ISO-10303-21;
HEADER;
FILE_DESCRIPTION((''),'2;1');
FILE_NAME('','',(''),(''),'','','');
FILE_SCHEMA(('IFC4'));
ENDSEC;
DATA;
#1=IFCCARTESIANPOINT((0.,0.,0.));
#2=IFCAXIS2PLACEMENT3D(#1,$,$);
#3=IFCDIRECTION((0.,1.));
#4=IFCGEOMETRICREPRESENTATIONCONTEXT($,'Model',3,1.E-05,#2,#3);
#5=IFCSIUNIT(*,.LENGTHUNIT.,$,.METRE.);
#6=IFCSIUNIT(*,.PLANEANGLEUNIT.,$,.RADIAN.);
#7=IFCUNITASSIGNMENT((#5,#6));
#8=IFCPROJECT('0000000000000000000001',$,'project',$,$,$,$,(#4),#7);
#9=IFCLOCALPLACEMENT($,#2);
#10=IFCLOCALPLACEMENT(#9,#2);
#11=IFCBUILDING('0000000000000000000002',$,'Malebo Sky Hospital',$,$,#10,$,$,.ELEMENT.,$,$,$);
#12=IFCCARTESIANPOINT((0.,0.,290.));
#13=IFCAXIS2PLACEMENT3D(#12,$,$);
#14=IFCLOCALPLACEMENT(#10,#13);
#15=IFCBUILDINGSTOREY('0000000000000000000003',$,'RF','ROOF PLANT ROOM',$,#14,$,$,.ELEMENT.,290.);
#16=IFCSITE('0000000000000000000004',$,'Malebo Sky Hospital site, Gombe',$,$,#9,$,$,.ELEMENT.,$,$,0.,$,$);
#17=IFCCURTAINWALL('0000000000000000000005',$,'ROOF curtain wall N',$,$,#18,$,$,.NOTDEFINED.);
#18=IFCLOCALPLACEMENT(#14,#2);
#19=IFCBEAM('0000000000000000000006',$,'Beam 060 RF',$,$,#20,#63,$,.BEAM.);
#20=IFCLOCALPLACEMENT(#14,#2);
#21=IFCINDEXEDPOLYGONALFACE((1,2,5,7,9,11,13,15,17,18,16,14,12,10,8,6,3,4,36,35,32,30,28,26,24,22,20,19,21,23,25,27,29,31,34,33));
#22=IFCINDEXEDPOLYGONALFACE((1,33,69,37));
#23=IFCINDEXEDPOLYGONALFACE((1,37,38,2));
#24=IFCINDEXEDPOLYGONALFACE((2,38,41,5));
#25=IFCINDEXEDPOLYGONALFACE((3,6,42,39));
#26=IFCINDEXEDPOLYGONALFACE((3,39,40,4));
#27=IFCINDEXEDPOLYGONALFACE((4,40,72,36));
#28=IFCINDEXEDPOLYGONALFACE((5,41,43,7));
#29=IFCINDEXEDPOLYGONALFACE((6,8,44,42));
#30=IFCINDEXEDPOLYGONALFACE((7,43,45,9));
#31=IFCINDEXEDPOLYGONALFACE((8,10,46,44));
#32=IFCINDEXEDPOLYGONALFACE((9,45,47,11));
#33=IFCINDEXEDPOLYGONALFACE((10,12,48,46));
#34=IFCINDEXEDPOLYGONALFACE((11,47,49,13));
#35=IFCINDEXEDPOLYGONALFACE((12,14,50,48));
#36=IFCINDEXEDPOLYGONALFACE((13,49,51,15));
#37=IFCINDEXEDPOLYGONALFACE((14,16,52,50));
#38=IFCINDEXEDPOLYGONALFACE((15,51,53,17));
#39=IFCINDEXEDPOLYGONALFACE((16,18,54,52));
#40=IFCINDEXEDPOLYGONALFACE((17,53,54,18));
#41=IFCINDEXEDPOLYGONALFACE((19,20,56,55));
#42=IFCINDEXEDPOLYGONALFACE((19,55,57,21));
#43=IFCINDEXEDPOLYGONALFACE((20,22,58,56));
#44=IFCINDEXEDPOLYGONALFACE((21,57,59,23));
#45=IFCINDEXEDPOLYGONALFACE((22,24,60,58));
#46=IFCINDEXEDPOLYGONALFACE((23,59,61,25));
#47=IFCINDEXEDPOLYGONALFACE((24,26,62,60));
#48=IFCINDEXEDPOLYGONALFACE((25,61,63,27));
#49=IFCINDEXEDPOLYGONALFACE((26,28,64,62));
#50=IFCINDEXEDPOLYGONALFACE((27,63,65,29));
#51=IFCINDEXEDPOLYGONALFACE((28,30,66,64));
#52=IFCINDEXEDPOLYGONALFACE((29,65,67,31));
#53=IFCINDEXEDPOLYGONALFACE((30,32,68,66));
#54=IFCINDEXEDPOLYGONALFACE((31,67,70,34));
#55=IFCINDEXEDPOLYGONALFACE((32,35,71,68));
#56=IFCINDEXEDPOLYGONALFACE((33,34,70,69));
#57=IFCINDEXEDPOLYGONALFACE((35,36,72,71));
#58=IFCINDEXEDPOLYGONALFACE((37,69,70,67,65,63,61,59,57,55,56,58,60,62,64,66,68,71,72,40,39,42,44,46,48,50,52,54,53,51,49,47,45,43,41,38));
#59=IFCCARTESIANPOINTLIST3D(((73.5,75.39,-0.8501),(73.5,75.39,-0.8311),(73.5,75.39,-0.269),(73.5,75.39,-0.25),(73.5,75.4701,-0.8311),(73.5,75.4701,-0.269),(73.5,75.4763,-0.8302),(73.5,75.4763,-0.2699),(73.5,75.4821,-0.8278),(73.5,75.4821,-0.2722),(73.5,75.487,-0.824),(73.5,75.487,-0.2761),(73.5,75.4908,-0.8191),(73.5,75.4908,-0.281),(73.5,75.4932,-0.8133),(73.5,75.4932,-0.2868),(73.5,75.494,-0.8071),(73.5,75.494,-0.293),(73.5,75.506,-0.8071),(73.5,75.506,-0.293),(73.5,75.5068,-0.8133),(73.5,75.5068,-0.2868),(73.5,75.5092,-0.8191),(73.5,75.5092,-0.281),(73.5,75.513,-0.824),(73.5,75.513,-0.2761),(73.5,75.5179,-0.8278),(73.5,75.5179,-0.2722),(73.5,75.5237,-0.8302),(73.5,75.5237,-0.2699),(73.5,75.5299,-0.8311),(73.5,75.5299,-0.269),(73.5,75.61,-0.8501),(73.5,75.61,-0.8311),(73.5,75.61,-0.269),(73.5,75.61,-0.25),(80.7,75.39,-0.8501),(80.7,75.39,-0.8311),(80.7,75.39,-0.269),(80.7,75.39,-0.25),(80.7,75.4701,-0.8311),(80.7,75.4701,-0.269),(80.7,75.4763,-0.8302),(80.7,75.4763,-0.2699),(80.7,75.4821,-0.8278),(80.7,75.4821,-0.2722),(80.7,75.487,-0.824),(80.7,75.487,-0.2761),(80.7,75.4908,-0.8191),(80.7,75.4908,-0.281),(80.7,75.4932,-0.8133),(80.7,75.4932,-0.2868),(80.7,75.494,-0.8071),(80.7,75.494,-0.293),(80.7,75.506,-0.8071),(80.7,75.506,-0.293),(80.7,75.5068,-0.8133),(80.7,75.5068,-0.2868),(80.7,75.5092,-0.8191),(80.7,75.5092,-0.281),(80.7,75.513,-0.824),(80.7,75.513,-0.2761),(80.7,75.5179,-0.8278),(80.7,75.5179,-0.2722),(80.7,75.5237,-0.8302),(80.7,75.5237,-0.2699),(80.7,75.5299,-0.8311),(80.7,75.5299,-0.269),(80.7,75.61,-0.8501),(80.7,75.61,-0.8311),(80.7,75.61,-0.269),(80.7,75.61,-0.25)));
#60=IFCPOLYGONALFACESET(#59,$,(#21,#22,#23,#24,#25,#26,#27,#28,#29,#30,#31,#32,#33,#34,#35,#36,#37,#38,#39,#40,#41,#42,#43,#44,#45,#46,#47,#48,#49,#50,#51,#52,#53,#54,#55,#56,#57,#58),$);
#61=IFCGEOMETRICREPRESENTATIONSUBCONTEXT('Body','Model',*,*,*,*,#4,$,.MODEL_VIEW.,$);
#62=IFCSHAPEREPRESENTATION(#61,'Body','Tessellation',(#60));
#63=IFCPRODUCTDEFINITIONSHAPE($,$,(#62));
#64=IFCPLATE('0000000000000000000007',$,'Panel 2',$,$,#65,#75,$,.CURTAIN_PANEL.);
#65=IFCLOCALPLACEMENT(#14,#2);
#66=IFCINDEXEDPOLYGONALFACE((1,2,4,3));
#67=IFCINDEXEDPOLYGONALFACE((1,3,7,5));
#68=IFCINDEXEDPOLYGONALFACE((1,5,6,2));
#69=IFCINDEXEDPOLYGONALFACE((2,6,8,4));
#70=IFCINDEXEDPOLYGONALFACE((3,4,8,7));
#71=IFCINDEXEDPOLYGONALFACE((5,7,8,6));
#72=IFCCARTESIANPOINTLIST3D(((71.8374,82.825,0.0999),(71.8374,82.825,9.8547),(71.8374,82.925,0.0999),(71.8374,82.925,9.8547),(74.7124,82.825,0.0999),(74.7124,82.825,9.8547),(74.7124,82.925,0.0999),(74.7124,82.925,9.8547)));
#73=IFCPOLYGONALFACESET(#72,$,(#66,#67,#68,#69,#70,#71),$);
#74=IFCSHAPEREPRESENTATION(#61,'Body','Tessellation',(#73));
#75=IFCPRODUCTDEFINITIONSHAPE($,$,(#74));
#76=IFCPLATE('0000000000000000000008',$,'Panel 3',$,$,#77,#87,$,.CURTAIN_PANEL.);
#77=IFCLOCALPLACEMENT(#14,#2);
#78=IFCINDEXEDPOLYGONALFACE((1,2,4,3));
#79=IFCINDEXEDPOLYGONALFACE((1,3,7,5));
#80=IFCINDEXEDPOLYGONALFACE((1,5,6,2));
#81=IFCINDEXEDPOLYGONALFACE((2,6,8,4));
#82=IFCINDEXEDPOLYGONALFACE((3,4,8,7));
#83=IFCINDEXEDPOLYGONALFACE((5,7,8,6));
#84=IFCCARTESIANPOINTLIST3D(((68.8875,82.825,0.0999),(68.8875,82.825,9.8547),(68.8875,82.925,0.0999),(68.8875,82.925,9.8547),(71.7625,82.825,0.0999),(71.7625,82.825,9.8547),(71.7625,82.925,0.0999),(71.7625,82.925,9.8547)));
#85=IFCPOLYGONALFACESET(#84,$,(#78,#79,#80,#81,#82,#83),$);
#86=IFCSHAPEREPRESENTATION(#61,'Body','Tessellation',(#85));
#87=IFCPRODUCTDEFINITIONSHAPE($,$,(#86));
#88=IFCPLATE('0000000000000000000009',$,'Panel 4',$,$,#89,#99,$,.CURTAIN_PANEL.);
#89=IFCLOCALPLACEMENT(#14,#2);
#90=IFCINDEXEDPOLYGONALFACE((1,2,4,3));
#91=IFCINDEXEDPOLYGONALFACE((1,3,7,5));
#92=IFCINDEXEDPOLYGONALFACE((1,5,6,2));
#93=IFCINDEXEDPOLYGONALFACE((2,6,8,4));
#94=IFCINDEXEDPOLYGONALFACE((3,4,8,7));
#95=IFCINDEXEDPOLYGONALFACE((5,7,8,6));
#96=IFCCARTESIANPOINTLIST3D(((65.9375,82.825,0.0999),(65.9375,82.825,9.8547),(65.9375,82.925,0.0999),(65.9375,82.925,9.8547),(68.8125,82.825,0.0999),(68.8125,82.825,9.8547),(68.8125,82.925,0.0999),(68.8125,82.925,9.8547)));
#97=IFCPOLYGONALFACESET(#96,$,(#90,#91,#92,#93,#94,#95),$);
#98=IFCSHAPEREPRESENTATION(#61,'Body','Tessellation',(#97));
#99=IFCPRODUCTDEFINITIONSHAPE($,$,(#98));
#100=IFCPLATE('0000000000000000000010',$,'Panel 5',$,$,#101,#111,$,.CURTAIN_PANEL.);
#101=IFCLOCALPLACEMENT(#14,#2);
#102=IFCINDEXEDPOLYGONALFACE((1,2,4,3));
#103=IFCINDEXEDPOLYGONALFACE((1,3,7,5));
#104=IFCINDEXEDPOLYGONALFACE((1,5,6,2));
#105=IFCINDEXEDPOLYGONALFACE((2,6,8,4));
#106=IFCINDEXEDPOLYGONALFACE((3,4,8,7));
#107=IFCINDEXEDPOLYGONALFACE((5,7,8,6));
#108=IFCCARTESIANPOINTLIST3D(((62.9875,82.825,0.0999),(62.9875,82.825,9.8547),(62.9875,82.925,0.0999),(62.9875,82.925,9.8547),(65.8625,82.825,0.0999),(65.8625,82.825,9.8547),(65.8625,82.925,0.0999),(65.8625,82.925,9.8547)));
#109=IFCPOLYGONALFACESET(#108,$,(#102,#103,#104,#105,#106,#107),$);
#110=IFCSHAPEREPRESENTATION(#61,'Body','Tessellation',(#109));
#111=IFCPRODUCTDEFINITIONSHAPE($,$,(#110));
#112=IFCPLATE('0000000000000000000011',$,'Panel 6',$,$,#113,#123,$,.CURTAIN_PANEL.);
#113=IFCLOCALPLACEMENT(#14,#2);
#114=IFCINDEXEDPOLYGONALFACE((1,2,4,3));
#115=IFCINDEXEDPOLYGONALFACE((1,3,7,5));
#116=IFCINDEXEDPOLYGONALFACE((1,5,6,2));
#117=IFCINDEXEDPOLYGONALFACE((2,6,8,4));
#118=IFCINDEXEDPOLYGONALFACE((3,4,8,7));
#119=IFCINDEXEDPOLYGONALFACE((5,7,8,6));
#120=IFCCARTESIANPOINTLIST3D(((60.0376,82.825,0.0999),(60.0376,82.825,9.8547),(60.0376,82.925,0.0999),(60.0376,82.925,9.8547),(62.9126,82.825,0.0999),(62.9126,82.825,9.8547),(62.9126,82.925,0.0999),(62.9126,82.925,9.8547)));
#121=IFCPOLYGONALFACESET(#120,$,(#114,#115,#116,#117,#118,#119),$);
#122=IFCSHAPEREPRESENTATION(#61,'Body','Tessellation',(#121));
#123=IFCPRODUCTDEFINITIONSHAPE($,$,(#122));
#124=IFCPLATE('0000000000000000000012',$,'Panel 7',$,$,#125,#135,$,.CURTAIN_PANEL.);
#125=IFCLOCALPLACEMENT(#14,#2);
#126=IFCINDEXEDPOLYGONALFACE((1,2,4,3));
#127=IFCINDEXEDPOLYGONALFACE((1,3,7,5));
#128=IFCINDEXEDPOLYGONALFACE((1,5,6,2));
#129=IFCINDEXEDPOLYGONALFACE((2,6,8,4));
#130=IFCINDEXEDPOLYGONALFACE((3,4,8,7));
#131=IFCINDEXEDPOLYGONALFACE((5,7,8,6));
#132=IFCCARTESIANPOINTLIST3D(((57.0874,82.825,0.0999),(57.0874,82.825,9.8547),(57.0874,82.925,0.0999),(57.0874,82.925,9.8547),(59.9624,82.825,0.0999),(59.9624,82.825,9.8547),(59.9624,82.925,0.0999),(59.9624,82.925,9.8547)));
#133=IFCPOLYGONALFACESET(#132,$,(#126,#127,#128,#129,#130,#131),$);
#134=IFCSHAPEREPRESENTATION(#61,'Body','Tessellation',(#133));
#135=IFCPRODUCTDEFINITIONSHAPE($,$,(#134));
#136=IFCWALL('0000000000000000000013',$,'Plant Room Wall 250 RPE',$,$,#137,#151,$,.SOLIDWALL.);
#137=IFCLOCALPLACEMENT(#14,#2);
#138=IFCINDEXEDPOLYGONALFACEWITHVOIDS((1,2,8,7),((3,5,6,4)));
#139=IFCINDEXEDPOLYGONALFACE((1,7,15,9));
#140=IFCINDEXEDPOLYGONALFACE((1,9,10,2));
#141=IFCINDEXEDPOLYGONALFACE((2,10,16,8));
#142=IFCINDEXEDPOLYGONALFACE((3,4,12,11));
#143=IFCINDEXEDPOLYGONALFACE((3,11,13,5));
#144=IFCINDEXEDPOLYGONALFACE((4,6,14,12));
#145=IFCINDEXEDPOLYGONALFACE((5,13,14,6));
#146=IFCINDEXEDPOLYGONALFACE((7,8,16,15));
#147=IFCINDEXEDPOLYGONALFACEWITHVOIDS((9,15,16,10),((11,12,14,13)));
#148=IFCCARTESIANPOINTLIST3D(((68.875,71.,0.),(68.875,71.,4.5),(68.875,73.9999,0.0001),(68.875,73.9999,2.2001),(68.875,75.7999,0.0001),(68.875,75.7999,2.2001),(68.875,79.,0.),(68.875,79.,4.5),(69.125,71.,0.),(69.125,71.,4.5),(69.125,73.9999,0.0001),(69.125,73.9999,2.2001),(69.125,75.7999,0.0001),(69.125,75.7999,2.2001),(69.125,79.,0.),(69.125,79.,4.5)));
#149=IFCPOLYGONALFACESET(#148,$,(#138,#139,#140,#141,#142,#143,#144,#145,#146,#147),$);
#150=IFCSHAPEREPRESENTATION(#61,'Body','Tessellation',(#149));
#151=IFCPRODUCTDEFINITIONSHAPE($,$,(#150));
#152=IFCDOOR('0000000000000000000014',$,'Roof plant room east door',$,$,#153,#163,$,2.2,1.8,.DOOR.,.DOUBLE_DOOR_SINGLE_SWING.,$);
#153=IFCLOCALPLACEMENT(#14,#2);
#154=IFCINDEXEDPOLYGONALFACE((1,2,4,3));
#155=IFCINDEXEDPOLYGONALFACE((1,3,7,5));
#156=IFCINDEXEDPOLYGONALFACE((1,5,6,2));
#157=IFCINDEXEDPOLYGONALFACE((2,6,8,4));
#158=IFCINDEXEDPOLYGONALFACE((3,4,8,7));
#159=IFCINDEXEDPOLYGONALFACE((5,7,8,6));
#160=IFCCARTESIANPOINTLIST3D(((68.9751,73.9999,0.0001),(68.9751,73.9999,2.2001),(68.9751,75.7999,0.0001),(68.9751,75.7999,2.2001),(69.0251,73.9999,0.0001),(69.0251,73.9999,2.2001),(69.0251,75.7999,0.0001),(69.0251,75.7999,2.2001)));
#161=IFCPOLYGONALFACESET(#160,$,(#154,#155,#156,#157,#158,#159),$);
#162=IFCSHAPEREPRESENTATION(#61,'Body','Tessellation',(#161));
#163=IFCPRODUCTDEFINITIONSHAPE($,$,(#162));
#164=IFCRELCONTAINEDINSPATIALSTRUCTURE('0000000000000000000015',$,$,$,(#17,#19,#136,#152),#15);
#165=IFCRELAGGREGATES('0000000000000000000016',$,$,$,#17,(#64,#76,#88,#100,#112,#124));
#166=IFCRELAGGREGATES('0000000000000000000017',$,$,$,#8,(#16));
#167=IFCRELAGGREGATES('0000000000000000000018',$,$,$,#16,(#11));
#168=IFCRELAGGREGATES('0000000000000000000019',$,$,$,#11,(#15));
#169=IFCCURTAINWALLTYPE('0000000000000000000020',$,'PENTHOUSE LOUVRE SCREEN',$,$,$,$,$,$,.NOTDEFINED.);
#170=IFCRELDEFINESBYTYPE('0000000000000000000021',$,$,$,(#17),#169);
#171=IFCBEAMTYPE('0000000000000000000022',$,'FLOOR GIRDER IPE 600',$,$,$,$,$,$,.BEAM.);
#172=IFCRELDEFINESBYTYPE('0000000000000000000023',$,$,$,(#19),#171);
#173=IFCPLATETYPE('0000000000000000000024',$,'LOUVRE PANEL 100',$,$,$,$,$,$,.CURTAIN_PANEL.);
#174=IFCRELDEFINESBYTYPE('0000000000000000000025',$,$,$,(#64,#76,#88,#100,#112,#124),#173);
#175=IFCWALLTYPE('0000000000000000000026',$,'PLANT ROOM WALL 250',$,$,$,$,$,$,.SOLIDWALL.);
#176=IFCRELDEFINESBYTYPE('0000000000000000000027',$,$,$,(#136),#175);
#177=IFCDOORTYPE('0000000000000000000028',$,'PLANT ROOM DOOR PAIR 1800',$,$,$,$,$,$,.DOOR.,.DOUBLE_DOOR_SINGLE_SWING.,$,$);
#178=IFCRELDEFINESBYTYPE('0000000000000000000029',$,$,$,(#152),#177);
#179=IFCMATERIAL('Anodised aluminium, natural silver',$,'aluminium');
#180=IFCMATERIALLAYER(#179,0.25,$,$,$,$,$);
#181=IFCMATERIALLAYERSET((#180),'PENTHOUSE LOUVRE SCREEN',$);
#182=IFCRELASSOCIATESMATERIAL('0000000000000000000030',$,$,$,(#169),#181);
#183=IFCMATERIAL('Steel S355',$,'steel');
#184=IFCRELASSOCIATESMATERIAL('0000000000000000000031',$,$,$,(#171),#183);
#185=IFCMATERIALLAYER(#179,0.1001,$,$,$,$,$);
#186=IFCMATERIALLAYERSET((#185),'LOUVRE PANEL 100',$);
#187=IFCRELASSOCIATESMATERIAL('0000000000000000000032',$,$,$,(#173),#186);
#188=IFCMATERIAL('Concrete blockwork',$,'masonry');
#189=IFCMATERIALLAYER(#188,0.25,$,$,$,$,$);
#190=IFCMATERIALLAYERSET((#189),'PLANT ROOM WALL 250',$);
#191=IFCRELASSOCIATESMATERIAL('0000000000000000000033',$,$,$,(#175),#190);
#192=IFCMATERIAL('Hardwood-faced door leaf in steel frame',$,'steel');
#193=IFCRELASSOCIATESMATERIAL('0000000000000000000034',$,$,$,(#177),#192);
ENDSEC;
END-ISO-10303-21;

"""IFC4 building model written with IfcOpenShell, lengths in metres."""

from ifc_helpers import new_model, si_unit, direction, frame, frame_2d, origin, origin_2d, place, context, subcontext, project, spatial, rectangle, i_section, extrude, material, layer, layer_set, material_profile, profile_set, type_object, element, fill, aggregate, save


model = new_model("IFC4")

# Units and contexts
model_context = context("Model", 3, precision=1e-05, world=origin(), true_north=direction((0.0, 1.0)))
body_context = subcontext(model_context, "Body", "Model", "MODEL_VIEW")
ifc_project = project(units=[si_unit("LENGTHUNIT", "METRE"), si_unit("PLANEANGLEUNIT", "RADIAN")], contexts=[model_context])

# Site, building, storey
site_placement = place(None, origin())
site = spatial("IfcSite", under=ifc_project, at=site_placement, Name="Malebo Sky Hospital site, Gombe", CompositionType="ELEMENT", RefElevation=0.0)
building_placement = place(site_placement, origin())
building = spatial("IfcBuilding", under=site, at=building_placement, Name="Malebo Sky Hospital", CompositionType="ELEMENT")
storey_placement = place(building_placement, frame((0.0, 0.0, 290.0)))
storey = spatial("IfcBuildingStorey", under=building, at=storey_placement, Name="RF", Description="ROOF PLANT ROOM", CompositionType="ELEMENT", Elevation=290.0)

# Shared definitions
ifc_material_1 = material(Name="Steel S355", Category="steel")

# Curtain wall
ifc_material_2 = material(Name="Anodised aluminium, natural silver", Category="aluminium")
ifc_layer_1 = layer(ifc_material_2, 0.25)
ifc_layer_set_1 = layer_set([ifc_layer_1], Name="PENTHOUSE LOUVRE SCREEN")
curtain_wall_type = type_object("IfcCurtainWallType", Name="PENTHOUSE LOUVRE SCREEN", PredefinedType="NOTDEFINED", material=ifc_layer_set_1)
curtain_wall_placement = place(storey_placement, origin())
curtain_wall = element("IfcCurtainWall", 1, at=curtain_wall_placement, inside=storey, type_object=curtain_wall_type, Name="ROOF curtain wall N", PredefinedType="NOTDEFINED")

# Beam
ifc_material_profile_1 = material_profile(ifc_material_1, i_section(OverallWidth=0.22, OverallDepth=0.6001, WebThickness=0.012, FlangeThickness=0.019, FilletRadius=0.0239, at=origin_2d()), Name="IPE 600")
ifc_profile_set_1 = profile_set([ifc_material_profile_1], Name="Steel S355")
beam_type_1 = type_object("IfcBeamType", Name="FLOOR GIRDER IPE 600", PredefinedType="BEAM", material=ifc_profile_set_1)
for number, where, z_axis, x_axis, name in (
    (2, (73.5, 75.5, -0.55), (1.0, 0.0, 0.0), (0.0, 1.0, 0.0), "Beam 060 RF"),
):
    element("IfcBeam", number, at=place(storey_placement, frame(where, z_axis=z_axis, x_axis=x_axis)), inside=storey, type_object=beam_type_1, Name=name, PredefinedType="BEAM", context=body_context, shape_type="SweptSolid", body=[
        extrude(i_section(OverallWidth=0.22, OverallDepth=0.6001, WebThickness=0.012, FlangeThickness=0.019, FilletRadius=0.0239, at=origin_2d()), origin(), (0.0, 0.0, 1.0), 7.2),
    ])

# Plates
ifc_layer_2 = layer(ifc_material_2, 0.1001)
ifc_layer_set_2 = layer_set([ifc_layer_2], Name="LOUVRE PANEL 100")
plate_type = type_object("IfcPlateType", Name="LOUVRE PANEL 100", PredefinedType="CURTAIN_PANEL", material=ifc_layer_set_2)
plate_1_placement = place(storey_placement, frame((73.2749, 82.875, 0.0999), z_axis=(0.0, 0.0, 1.0), x_axis=(-1.0, 0.0, 0.0)))
plate_1 = element("IfcPlate", 3, at=plate_1_placement, type_object=plate_type, Name="Panel 2", PredefinedType="CURTAIN_PANEL", context=body_context, shape_type="SweptSolid", body=[
    extrude(rectangle(XDim=2.875, YDim=0.1001, at=origin_2d()), origin(), (0.0, 0.0, 1.0), 9.7549),
])
plate_2_placement = place(storey_placement, frame((70.325, 82.875, 0.0999), z_axis=(0.0, 0.0, 1.0), x_axis=(-1.0, 0.0, 0.0)))
plate_2 = element("IfcPlate", 4, at=plate_2_placement, type_object=plate_type, Name="Panel 3", PredefinedType="CURTAIN_PANEL", context=body_context, shape_type="SweptSolid", body=[
    extrude(rectangle(XDim=2.875, YDim=0.1001, at=origin_2d()), origin(), (0.0, 0.0, 1.0), 9.7549),
])
plate_3_placement = place(storey_placement, frame((67.375, 82.875, 0.0999), z_axis=(0.0, 0.0, 1.0), x_axis=(-1.0, 0.0, 0.0)))
plate_3 = element("IfcPlate", 5, at=plate_3_placement, type_object=plate_type, Name="Panel 4", PredefinedType="CURTAIN_PANEL", context=body_context, shape_type="SweptSolid", body=[
    extrude(rectangle(XDim=2.875, YDim=0.1001, at=origin_2d()), origin(), (0.0, 0.0, 1.0), 9.7549),
])
plate_4_placement = place(storey_placement, frame((64.425, 82.875, 0.0999), z_axis=(0.0, 0.0, 1.0), x_axis=(-1.0, 0.0, 0.0)))
plate_4 = element("IfcPlate", 6, at=plate_4_placement, type_object=plate_type, Name="Panel 5", PredefinedType="CURTAIN_PANEL", context=body_context, shape_type="SweptSolid", body=[
    extrude(rectangle(XDim=2.875, YDim=0.1001, at=origin_2d()), origin(), (0.0, 0.0, 1.0), 9.7549),
])
plate_5_placement = place(storey_placement, frame((61.4751, 82.875, 0.0999), z_axis=(0.0, 0.0, 1.0), x_axis=(-1.0, 0.0, 0.0)))
plate_5 = element("IfcPlate", 7, at=plate_5_placement, type_object=plate_type, Name="Panel 6", PredefinedType="CURTAIN_PANEL", context=body_context, shape_type="SweptSolid", body=[
    extrude(rectangle(XDim=2.875, YDim=0.1001, at=origin_2d()), origin(), (0.0, 0.0, 1.0), 9.7549),
])
plate_6_placement = place(storey_placement, frame((58.5249, 82.875, 0.0999), z_axis=(0.0, 0.0, 1.0), x_axis=(-1.0, 0.0, 0.0)))
plate_6 = element("IfcPlate", 8, at=plate_6_placement, type_object=plate_type, Name="Panel 7", PredefinedType="CURTAIN_PANEL", context=body_context, shape_type="SweptSolid", body=[
    extrude(rectangle(XDim=2.875, YDim=0.1001, at=origin_2d()), origin(), (0.0, 0.0, 1.0), 9.7549),
])
aggregate(curtain_wall, [plate_1, plate_2, plate_3, plate_4, plate_5, plate_6])

# Wall, opening, door
ifc_material_3 = material(Name="Concrete blockwork", Category="masonry")
ifc_layer_3 = layer(ifc_material_3, 0.25)
ifc_layer_set_3 = layer_set([ifc_layer_3], Name="PLANT ROOM WALL 250")
wall_type = type_object("IfcWallType", Name="PLANT ROOM WALL 250", PredefinedType="SOLIDWALL", material=ifc_layer_set_3)
wall_placement = place(storey_placement, frame((69.0, 71.0, 0.0), z_axis=(0.0, 0.0, 1.0), x_axis=(0.0, 1.0, 0.0)))
wall = element("IfcWall", 9, at=wall_placement, inside=storey, type_object=wall_type, Name="Plant Room Wall 250 RPE", PredefinedType="SOLIDWALL", context=body_context, shape_type="SweptSolid", body=[
    extrude(rectangle(XDim=8.0, YDim=0.25, at=frame_2d((4.0, 0.0))), origin(), (0.0, 0.0, 1.0), 4.5),
])
opening_placement = place(wall_placement, frame((3.0, 0.0, 0.0)))
opening = element("IfcOpeningElement", 10, at=opening_placement, cuts=wall, PredefinedType="OPENING", context=body_context, shape_type="SweptSolid", body=[
    extrude(rectangle(XDim=1.8, YDim=2.2, at=frame_2d((0.8999, 1.1001))), frame((0.0, 0.135, 0.0), z_axis=(0.0, -1.0, 0.0), x_axis=(1.0, 0.0, 0.0)), (0.0, 0.0, 1.0), 0.27),
])
ifc_material_4 = material(Name="Hardwood-faced door leaf in steel frame", Category="steel")
door_type = type_object("IfcDoorType", Name="PLANT ROOM DOOR PAIR 1800", OperationType="DOUBLE_DOOR_SINGLE_SWING", PredefinedType="DOOR", material=ifc_material_4)
door_placement = place(opening_placement, origin())
door = element("IfcDoor", 11, at=door_placement, inside=storey, type_object=door_type, Name="Roof plant room east door", OperationType="DOUBLE_DOOR_SINGLE_SWING", OverallHeight=2.2, OverallWidth=1.8, PredefinedType="DOOR", context=body_context, shape_type="SweptSolid", body=[
    extrude(rectangle(XDim=1.8, YDim=2.2, at=frame_2d((0.8999, 1.1001))), frame((0.0, 0.0249, 0.0), z_axis=(0.0, -1.0, 0.0), x_axis=(1.0, 0.0, 0.0)), (0.0, 0.0, 1.0), 0.05),
])
fill(opening, door)

save(model, "model.ifc")
